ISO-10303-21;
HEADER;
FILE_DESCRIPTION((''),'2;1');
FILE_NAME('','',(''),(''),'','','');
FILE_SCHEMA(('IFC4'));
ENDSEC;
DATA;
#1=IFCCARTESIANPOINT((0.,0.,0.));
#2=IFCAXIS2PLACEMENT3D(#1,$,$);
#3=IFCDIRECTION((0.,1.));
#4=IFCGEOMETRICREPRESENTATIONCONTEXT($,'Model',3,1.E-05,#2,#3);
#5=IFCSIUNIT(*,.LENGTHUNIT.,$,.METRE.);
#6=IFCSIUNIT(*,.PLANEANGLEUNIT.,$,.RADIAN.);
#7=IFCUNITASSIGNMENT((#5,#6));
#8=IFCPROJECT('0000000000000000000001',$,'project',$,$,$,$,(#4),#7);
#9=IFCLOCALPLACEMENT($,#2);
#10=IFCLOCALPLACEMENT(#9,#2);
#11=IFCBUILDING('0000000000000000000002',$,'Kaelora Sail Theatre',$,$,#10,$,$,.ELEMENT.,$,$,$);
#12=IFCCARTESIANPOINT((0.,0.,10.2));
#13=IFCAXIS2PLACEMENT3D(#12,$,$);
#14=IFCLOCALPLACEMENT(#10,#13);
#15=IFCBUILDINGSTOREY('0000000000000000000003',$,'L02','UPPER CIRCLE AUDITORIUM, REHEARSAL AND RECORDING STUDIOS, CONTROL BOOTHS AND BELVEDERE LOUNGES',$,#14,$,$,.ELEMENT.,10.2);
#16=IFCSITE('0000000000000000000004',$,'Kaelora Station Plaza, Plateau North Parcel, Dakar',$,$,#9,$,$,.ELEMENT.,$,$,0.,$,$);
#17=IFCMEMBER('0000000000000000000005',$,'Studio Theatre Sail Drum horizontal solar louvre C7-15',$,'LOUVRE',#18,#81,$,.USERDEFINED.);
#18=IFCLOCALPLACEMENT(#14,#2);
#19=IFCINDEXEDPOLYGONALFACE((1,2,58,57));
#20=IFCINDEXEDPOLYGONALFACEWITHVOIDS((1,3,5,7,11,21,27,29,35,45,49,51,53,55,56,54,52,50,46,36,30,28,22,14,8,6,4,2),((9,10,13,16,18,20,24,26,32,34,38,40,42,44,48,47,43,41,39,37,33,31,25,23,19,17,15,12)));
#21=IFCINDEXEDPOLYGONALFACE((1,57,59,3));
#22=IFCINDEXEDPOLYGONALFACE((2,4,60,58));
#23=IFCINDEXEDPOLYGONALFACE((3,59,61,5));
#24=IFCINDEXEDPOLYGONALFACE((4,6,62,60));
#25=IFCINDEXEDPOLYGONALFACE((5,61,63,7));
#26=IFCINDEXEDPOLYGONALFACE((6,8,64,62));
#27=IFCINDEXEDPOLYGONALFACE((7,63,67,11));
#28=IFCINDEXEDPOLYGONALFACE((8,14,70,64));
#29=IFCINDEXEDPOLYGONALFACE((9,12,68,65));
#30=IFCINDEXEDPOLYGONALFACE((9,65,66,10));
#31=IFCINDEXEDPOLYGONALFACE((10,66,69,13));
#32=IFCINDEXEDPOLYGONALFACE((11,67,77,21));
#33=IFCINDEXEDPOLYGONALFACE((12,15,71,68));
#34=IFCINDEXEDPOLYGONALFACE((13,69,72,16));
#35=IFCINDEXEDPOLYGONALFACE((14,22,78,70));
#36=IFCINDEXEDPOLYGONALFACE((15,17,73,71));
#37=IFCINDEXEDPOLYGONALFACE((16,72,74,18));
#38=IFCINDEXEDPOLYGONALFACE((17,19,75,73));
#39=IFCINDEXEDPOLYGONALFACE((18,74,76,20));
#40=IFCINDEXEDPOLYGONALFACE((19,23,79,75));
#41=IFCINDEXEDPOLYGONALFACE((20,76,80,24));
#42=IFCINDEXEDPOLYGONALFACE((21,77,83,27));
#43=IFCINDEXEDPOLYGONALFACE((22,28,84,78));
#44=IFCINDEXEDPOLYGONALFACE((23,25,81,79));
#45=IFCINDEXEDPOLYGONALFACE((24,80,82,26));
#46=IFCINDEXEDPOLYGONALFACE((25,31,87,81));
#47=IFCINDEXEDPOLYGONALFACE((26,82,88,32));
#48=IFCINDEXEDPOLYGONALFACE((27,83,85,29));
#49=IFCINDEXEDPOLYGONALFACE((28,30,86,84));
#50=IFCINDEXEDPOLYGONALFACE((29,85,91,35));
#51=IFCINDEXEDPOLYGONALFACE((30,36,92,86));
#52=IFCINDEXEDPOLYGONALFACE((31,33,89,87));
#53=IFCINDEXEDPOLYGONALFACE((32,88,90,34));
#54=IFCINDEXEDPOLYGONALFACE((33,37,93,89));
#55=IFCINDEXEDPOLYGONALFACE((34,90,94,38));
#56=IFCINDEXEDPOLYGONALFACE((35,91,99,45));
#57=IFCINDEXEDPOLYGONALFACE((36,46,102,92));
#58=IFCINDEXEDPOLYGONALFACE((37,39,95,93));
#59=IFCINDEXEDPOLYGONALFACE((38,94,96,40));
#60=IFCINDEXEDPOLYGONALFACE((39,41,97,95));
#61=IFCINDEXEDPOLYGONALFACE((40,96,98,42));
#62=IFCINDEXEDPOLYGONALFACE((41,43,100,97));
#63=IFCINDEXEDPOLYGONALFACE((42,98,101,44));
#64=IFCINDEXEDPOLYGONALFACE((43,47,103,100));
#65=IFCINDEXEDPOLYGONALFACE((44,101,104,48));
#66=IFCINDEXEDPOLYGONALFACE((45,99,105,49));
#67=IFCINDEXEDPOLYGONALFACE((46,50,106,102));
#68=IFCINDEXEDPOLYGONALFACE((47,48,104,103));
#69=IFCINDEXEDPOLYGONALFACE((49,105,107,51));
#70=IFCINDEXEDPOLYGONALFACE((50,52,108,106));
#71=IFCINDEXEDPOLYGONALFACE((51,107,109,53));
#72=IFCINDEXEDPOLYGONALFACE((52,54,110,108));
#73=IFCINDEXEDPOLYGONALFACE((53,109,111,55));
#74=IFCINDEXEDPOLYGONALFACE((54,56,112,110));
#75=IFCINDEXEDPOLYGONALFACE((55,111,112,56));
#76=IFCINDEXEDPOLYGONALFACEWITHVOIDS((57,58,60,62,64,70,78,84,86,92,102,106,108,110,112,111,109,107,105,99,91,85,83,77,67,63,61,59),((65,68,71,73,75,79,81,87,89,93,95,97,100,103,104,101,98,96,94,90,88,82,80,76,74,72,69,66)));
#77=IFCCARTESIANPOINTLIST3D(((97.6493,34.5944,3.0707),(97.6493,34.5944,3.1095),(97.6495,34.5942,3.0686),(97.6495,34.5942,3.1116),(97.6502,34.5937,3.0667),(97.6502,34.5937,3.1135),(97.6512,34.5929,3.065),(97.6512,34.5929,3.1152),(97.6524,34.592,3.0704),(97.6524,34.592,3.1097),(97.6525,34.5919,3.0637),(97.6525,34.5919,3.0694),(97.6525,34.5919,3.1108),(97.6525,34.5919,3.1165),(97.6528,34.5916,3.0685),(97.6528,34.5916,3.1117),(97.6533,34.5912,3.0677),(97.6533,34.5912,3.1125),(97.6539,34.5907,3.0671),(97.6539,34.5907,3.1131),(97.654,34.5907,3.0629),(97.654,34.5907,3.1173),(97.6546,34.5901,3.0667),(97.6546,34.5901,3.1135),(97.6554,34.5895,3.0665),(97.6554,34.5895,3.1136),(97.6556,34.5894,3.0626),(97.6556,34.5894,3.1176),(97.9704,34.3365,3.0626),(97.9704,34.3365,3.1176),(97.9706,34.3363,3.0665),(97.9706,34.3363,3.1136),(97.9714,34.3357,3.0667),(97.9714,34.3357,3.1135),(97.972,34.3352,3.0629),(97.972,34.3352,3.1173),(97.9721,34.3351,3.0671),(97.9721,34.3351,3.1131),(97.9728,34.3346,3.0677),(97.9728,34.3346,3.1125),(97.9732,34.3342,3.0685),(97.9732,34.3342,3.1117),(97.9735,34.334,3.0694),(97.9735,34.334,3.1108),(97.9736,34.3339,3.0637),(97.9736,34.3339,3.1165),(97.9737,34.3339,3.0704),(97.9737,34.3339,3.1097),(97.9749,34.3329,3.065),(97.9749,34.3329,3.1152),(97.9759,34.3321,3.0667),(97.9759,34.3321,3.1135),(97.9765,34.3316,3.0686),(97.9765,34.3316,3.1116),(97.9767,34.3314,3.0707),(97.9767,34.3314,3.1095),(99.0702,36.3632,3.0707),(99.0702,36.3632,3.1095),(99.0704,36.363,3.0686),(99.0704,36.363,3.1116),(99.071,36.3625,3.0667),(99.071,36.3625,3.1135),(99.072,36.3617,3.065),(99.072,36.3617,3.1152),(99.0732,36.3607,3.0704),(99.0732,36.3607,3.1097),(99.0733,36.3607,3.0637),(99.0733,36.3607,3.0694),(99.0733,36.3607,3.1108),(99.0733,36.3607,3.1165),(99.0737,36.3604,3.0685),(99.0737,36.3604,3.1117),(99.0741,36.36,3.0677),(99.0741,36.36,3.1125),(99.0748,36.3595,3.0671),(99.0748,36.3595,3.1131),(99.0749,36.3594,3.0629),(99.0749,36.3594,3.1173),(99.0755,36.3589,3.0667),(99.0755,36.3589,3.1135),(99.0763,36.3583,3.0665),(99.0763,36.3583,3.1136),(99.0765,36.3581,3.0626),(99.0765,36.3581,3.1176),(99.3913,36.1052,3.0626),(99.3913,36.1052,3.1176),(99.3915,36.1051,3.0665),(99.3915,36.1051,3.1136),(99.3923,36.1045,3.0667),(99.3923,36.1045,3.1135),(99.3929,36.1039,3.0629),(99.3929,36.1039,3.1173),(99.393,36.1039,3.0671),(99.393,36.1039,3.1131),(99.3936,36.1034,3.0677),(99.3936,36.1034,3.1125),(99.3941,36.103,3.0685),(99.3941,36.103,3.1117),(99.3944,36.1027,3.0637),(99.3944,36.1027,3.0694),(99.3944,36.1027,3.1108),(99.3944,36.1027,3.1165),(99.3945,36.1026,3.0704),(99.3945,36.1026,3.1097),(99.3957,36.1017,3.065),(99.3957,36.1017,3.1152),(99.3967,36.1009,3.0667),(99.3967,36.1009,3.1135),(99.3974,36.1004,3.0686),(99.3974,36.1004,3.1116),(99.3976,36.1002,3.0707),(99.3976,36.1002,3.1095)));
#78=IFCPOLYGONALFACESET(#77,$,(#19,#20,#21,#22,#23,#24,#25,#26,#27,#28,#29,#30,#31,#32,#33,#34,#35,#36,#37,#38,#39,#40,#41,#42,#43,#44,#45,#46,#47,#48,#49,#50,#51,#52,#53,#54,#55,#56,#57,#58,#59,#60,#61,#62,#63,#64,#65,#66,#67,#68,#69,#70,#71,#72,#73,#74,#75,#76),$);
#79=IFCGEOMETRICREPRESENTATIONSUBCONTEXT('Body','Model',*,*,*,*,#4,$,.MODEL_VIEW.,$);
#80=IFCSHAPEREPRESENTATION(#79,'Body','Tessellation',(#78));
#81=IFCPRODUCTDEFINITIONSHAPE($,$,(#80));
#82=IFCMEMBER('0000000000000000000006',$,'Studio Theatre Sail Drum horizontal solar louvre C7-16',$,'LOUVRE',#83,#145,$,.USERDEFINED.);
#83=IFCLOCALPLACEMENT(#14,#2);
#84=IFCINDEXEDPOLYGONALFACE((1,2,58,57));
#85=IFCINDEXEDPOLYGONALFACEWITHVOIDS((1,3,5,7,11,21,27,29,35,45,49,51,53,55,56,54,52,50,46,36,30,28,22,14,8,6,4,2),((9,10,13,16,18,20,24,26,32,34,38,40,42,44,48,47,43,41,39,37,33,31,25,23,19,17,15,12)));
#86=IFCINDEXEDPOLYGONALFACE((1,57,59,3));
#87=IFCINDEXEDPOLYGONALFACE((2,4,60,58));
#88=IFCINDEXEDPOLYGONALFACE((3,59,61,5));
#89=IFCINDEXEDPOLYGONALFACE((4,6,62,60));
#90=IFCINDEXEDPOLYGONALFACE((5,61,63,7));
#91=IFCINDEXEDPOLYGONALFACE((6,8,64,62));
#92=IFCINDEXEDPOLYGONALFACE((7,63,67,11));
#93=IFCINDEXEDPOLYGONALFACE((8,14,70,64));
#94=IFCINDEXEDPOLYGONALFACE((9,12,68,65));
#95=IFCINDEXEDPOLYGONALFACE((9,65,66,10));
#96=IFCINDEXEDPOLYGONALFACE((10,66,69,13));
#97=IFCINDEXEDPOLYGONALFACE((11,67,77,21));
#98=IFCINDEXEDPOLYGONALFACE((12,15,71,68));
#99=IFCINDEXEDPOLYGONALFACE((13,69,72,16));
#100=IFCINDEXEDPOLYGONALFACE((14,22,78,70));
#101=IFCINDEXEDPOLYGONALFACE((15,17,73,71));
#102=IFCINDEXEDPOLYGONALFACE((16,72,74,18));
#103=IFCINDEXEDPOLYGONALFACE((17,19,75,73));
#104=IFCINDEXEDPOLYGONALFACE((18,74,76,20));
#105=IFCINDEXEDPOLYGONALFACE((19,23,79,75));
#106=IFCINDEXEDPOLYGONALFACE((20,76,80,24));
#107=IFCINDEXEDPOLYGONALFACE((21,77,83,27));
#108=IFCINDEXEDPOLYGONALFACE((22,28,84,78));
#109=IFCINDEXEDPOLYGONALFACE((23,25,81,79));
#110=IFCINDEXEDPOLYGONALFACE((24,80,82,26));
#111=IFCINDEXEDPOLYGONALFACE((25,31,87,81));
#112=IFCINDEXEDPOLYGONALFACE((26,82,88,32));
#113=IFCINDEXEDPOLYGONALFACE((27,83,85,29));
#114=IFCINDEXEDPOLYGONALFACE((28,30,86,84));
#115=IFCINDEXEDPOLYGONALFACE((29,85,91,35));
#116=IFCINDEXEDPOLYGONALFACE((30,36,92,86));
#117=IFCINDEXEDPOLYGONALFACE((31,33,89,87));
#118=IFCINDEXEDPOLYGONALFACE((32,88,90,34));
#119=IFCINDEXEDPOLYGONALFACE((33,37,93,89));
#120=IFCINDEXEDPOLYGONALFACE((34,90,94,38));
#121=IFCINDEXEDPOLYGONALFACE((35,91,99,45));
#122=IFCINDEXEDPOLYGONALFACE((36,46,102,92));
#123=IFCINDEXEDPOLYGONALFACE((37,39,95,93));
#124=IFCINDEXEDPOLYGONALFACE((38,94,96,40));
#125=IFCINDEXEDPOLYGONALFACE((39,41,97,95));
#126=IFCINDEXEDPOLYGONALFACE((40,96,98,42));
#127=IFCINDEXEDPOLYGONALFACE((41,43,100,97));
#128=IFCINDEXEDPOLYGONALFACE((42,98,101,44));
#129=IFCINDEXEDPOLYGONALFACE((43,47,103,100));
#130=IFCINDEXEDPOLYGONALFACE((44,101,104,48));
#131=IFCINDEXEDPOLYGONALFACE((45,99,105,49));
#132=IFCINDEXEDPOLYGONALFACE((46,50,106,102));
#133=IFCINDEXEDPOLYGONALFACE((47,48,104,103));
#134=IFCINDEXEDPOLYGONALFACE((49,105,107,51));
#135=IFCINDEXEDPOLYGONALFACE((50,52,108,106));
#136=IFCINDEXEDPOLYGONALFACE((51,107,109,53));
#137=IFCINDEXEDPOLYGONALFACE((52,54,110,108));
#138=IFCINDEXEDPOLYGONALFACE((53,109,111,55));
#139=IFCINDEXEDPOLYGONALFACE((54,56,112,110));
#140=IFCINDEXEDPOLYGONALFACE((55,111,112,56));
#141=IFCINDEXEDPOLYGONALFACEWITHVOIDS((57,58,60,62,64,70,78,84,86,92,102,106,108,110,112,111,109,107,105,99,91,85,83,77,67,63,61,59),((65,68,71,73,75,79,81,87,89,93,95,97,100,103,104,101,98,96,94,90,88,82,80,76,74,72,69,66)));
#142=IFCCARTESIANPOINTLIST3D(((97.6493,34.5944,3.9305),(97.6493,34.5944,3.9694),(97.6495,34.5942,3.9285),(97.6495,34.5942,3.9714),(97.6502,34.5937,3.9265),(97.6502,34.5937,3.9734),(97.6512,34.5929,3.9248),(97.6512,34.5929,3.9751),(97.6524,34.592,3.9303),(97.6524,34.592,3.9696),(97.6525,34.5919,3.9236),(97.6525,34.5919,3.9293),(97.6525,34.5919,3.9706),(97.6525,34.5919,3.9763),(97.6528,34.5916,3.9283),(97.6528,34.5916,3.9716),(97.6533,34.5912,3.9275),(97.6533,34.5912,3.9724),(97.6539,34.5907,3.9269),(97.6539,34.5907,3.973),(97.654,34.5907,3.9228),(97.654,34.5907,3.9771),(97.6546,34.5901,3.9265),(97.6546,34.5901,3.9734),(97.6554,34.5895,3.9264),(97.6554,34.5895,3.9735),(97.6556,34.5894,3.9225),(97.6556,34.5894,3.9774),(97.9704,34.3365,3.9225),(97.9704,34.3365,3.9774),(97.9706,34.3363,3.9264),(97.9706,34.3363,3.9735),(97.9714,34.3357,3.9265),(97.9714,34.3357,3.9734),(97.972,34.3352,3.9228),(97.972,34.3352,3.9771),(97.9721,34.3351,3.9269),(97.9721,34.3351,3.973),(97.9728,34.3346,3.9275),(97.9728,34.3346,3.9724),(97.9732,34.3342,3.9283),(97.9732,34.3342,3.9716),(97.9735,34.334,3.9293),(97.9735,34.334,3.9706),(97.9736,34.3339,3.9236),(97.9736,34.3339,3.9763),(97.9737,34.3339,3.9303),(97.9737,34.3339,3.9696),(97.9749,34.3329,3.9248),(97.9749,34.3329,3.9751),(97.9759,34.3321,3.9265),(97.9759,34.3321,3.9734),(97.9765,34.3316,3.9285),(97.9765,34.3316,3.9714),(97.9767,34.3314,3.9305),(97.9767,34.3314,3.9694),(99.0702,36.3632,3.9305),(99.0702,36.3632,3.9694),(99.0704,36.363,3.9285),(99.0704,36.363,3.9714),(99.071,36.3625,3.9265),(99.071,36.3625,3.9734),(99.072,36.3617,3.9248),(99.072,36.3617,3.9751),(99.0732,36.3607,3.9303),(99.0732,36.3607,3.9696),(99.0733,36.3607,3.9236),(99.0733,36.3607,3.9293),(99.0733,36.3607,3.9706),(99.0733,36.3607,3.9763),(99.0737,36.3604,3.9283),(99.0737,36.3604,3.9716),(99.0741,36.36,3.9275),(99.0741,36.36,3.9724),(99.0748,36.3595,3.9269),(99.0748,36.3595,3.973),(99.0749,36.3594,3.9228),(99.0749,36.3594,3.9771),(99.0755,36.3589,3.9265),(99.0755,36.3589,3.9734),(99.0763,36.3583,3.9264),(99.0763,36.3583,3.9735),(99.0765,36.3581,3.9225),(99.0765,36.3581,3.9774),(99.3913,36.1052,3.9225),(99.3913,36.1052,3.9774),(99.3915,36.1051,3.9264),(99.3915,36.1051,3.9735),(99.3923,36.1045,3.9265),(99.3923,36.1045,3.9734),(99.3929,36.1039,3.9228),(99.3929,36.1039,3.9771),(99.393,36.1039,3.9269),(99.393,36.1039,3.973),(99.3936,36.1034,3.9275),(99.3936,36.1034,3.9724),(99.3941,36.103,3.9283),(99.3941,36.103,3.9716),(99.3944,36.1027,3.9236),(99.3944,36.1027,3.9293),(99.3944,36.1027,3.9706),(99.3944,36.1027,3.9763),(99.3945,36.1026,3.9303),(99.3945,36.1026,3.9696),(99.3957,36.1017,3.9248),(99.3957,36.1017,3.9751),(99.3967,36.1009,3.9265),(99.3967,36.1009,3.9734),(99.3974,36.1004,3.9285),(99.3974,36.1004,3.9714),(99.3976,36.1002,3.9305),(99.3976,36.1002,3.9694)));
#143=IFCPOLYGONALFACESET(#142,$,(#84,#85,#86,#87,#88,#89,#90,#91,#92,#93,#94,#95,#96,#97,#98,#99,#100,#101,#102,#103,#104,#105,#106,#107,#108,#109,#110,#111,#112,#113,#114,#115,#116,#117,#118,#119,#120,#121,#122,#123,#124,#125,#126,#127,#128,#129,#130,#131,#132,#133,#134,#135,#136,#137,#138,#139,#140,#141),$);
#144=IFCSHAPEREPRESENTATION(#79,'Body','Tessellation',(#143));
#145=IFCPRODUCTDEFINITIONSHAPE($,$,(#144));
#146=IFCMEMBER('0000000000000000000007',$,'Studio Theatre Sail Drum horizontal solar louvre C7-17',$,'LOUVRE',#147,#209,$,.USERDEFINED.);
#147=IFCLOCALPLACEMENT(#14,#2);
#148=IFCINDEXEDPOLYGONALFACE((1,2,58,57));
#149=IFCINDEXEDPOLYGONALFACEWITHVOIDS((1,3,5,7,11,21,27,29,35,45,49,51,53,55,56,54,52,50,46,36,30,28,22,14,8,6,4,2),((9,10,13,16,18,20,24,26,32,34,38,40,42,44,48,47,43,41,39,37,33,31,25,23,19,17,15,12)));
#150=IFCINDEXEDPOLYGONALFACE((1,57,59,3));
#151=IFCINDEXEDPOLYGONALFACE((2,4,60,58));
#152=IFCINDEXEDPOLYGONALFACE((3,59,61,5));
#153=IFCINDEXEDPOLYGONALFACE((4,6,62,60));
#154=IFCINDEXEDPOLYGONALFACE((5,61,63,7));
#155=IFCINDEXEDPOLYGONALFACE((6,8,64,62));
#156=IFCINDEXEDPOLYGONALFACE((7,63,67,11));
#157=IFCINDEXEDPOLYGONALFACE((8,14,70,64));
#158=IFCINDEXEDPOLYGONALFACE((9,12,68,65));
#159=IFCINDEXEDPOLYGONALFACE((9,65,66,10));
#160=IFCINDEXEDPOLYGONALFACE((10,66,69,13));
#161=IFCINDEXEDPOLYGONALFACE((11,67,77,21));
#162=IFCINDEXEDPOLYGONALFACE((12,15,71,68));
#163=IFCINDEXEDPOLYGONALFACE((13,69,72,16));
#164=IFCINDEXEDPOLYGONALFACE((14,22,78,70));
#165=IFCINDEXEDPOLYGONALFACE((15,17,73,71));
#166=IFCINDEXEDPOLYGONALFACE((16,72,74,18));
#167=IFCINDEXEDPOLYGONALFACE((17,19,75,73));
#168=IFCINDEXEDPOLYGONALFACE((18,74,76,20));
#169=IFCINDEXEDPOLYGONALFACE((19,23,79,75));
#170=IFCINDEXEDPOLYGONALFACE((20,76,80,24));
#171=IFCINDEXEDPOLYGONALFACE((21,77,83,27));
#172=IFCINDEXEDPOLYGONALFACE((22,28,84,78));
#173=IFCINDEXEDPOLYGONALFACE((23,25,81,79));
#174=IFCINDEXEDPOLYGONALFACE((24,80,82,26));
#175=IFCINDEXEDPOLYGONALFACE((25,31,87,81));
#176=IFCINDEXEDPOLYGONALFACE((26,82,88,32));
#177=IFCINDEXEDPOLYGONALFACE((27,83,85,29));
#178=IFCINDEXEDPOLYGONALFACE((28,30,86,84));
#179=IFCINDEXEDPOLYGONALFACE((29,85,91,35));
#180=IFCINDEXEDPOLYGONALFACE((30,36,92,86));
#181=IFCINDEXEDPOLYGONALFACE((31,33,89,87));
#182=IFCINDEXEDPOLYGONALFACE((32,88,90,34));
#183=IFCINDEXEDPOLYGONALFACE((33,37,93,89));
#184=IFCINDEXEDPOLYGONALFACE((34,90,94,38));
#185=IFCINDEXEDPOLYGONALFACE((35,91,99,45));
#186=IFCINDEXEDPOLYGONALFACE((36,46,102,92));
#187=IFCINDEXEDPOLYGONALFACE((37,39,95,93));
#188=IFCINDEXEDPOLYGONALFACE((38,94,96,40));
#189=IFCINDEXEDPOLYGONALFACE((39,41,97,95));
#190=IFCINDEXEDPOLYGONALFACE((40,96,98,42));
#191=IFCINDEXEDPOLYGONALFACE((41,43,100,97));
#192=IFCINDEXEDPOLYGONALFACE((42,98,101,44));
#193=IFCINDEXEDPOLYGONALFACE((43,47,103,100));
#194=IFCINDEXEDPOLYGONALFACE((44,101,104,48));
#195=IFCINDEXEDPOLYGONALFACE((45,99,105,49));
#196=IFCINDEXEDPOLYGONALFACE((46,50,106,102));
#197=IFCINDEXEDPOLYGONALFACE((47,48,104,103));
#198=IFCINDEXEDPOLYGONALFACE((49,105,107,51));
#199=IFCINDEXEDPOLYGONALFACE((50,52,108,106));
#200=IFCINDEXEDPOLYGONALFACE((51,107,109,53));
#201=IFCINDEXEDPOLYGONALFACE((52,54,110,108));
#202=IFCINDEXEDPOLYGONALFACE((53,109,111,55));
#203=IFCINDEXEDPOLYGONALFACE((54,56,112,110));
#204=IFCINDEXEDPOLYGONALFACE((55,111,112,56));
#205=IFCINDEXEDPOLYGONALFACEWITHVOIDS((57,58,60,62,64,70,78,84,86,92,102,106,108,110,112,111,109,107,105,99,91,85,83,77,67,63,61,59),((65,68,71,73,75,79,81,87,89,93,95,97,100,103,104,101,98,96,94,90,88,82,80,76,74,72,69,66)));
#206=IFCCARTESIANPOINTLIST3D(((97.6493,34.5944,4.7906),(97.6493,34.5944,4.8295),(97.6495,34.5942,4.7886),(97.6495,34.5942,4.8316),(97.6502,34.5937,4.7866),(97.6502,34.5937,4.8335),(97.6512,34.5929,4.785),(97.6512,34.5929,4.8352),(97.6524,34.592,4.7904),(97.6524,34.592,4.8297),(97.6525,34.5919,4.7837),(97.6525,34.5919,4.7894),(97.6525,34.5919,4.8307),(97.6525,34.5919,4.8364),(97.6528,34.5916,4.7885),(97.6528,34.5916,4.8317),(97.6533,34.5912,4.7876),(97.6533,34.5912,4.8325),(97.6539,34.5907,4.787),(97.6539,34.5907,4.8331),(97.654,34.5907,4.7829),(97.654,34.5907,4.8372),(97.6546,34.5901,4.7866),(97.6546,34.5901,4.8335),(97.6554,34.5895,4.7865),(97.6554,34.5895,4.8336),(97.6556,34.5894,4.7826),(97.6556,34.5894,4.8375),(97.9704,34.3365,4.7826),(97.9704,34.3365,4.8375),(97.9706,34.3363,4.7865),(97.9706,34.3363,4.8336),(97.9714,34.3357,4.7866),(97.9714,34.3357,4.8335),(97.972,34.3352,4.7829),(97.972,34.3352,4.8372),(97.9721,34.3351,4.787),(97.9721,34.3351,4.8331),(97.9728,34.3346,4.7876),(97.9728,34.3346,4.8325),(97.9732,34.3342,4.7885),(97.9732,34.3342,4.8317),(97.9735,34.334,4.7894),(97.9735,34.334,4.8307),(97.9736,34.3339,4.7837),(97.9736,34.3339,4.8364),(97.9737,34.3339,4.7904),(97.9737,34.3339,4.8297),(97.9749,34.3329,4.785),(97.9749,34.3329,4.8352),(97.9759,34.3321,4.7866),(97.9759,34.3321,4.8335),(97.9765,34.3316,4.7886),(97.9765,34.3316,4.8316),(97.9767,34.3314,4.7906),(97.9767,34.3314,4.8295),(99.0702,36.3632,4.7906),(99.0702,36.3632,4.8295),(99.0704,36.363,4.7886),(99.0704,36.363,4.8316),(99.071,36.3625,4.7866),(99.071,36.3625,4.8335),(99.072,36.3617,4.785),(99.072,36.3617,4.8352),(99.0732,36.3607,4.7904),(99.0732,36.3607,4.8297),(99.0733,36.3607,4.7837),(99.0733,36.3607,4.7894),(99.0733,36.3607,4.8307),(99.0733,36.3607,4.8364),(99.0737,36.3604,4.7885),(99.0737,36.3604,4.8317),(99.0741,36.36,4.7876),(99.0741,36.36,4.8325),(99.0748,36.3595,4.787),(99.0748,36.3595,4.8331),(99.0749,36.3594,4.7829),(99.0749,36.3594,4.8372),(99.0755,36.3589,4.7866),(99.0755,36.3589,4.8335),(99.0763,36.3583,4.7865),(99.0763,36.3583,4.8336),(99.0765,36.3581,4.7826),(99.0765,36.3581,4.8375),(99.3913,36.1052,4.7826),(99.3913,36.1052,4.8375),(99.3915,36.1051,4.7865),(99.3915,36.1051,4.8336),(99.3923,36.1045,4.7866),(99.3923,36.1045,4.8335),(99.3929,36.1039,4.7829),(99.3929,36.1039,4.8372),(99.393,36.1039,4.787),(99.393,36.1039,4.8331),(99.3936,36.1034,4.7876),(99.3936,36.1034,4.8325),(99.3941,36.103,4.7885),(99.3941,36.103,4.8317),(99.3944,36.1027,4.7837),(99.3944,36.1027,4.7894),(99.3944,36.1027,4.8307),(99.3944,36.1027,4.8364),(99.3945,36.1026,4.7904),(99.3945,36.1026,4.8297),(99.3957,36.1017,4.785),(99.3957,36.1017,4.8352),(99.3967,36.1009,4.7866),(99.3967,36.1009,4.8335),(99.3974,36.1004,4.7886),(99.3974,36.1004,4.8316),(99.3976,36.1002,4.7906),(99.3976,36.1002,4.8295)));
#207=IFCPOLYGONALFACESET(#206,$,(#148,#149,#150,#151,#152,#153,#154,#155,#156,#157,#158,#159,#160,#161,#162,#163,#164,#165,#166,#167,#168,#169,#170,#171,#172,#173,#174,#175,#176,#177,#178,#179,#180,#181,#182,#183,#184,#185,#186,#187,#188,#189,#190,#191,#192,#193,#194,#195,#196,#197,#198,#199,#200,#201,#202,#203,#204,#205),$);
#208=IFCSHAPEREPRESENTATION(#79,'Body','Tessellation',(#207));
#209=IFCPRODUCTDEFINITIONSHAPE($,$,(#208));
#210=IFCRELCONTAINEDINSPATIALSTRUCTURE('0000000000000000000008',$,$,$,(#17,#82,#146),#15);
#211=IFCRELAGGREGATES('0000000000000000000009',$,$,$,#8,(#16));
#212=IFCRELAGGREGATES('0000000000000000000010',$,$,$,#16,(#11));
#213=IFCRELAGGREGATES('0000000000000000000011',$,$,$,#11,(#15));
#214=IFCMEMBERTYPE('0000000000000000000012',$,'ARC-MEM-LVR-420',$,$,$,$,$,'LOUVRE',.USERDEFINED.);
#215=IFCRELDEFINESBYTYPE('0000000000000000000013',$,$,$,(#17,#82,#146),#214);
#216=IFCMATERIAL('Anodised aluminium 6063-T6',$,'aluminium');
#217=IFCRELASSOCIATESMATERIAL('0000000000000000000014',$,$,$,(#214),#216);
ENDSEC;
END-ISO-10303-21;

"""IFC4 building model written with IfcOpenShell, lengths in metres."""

from ifc_helpers import new_model, si_unit, direction, frame, origin, origin_2d, place, context, subcontext, project, spatial, hollow_rectangle, extrude, material, material_profile, profile_set, type_object, element, save


model = new_model("IFC4")

# Units and contexts
model_context = context("Model", 3, precision=1e-05, world=origin(), true_north=direction((0.0, 1.0)))
body_context = subcontext(model_context, "Body", "Model", "MODEL_VIEW")
ifc_project = project(units=[si_unit("LENGTHUNIT", "METRE"), si_unit("PLANEANGLEUNIT", "RADIAN")], contexts=[model_context])

# Site, building, storey
site_placement = place(None, origin())
site = spatial("IfcSite", under=ifc_project, at=site_placement, Name="Kaelora Station Plaza, Plateau North Parcel, Dakar", CompositionType="ELEMENT", RefElevation=0.0)
building_placement = place(site_placement, origin())
building = spatial("IfcBuilding", under=site, at=building_placement, Name="Kaelora Sail Theatre", CompositionType="ELEMENT")
storey_placement = place(building_placement, frame((0.0, 0.0, 10.2)))
storey = spatial("IfcBuildingStorey", under=building, at=storey_placement, Name="L02", Description="UPPER CIRCLE AUDITORIUM, REHEARSAL AND RECORDING STUDIOS, CONTROL BOOTHS AND BELVEDERE LOUNGES", CompositionType="ELEMENT", Elevation=10.2)

# Members
ifc_material_1 = material(Name="Anodised aluminium 6063-T6", Category="aluminium")
ifc_material_profile_1 = material_profile(ifc_material_1, hollow_rectangle(XDim=0.4199, YDim=0.0549, WallThickness=0.0039, InnerFilletRadius=0.0039, OuterFilletRadius=0.0081, at=origin_2d()), Name="LOUVRE 420x55x4")
ifc_profile_set_1 = profile_set([ifc_material_profile_1], Name="Anodised aluminium 6063-T6")
member_type = type_object("IfcMemberType", Name="ARC-MEM-LVR-420", ElementType="LOUVRE", PredefinedType="USERDEFINED", material=ifc_profile_set_1)
for number, where, z_axis, x_axis, name in (
    (1, (99.2339, 36.2317, 3.0901), (-0.626269, -0.779607, 0.0), (0.779607, -0.626269, 0.0), "Studio Theatre Sail Drum horizontal solar louvre C7-15"),
    (2, (99.2339, 36.2317, 3.95), (-0.626269, -0.779607, 0.0), (0.779607, -0.626269, 0.0), "Studio Theatre Sail Drum horizontal solar louvre C7-16"),
    (3, (99.2339, 36.2317, 4.8101), (-0.626269, -0.779607, 0.0), (0.779607, -0.626269, 0.0), "Studio Theatre Sail Drum horizontal solar louvre C7-17"),
):
    element("IfcMember", number, at=place(storey_placement, frame(where, z_axis=z_axis, x_axis=x_axis)), inside=storey, type_object=member_type, Name=name, ObjectType="LOUVRE", PredefinedType="USERDEFINED", context=body_context, shape_type="SweptSolid", body=[
        extrude(hollow_rectangle(XDim=0.4199, YDim=0.0549, WallThickness=0.0039, InnerFilletRadius=0.0039, OuterFilletRadius=0.0081, at=origin_2d()), origin(), (0.0, 0.0, 1.0), 2.2688),
    ])

save(model, "model.ifc")
